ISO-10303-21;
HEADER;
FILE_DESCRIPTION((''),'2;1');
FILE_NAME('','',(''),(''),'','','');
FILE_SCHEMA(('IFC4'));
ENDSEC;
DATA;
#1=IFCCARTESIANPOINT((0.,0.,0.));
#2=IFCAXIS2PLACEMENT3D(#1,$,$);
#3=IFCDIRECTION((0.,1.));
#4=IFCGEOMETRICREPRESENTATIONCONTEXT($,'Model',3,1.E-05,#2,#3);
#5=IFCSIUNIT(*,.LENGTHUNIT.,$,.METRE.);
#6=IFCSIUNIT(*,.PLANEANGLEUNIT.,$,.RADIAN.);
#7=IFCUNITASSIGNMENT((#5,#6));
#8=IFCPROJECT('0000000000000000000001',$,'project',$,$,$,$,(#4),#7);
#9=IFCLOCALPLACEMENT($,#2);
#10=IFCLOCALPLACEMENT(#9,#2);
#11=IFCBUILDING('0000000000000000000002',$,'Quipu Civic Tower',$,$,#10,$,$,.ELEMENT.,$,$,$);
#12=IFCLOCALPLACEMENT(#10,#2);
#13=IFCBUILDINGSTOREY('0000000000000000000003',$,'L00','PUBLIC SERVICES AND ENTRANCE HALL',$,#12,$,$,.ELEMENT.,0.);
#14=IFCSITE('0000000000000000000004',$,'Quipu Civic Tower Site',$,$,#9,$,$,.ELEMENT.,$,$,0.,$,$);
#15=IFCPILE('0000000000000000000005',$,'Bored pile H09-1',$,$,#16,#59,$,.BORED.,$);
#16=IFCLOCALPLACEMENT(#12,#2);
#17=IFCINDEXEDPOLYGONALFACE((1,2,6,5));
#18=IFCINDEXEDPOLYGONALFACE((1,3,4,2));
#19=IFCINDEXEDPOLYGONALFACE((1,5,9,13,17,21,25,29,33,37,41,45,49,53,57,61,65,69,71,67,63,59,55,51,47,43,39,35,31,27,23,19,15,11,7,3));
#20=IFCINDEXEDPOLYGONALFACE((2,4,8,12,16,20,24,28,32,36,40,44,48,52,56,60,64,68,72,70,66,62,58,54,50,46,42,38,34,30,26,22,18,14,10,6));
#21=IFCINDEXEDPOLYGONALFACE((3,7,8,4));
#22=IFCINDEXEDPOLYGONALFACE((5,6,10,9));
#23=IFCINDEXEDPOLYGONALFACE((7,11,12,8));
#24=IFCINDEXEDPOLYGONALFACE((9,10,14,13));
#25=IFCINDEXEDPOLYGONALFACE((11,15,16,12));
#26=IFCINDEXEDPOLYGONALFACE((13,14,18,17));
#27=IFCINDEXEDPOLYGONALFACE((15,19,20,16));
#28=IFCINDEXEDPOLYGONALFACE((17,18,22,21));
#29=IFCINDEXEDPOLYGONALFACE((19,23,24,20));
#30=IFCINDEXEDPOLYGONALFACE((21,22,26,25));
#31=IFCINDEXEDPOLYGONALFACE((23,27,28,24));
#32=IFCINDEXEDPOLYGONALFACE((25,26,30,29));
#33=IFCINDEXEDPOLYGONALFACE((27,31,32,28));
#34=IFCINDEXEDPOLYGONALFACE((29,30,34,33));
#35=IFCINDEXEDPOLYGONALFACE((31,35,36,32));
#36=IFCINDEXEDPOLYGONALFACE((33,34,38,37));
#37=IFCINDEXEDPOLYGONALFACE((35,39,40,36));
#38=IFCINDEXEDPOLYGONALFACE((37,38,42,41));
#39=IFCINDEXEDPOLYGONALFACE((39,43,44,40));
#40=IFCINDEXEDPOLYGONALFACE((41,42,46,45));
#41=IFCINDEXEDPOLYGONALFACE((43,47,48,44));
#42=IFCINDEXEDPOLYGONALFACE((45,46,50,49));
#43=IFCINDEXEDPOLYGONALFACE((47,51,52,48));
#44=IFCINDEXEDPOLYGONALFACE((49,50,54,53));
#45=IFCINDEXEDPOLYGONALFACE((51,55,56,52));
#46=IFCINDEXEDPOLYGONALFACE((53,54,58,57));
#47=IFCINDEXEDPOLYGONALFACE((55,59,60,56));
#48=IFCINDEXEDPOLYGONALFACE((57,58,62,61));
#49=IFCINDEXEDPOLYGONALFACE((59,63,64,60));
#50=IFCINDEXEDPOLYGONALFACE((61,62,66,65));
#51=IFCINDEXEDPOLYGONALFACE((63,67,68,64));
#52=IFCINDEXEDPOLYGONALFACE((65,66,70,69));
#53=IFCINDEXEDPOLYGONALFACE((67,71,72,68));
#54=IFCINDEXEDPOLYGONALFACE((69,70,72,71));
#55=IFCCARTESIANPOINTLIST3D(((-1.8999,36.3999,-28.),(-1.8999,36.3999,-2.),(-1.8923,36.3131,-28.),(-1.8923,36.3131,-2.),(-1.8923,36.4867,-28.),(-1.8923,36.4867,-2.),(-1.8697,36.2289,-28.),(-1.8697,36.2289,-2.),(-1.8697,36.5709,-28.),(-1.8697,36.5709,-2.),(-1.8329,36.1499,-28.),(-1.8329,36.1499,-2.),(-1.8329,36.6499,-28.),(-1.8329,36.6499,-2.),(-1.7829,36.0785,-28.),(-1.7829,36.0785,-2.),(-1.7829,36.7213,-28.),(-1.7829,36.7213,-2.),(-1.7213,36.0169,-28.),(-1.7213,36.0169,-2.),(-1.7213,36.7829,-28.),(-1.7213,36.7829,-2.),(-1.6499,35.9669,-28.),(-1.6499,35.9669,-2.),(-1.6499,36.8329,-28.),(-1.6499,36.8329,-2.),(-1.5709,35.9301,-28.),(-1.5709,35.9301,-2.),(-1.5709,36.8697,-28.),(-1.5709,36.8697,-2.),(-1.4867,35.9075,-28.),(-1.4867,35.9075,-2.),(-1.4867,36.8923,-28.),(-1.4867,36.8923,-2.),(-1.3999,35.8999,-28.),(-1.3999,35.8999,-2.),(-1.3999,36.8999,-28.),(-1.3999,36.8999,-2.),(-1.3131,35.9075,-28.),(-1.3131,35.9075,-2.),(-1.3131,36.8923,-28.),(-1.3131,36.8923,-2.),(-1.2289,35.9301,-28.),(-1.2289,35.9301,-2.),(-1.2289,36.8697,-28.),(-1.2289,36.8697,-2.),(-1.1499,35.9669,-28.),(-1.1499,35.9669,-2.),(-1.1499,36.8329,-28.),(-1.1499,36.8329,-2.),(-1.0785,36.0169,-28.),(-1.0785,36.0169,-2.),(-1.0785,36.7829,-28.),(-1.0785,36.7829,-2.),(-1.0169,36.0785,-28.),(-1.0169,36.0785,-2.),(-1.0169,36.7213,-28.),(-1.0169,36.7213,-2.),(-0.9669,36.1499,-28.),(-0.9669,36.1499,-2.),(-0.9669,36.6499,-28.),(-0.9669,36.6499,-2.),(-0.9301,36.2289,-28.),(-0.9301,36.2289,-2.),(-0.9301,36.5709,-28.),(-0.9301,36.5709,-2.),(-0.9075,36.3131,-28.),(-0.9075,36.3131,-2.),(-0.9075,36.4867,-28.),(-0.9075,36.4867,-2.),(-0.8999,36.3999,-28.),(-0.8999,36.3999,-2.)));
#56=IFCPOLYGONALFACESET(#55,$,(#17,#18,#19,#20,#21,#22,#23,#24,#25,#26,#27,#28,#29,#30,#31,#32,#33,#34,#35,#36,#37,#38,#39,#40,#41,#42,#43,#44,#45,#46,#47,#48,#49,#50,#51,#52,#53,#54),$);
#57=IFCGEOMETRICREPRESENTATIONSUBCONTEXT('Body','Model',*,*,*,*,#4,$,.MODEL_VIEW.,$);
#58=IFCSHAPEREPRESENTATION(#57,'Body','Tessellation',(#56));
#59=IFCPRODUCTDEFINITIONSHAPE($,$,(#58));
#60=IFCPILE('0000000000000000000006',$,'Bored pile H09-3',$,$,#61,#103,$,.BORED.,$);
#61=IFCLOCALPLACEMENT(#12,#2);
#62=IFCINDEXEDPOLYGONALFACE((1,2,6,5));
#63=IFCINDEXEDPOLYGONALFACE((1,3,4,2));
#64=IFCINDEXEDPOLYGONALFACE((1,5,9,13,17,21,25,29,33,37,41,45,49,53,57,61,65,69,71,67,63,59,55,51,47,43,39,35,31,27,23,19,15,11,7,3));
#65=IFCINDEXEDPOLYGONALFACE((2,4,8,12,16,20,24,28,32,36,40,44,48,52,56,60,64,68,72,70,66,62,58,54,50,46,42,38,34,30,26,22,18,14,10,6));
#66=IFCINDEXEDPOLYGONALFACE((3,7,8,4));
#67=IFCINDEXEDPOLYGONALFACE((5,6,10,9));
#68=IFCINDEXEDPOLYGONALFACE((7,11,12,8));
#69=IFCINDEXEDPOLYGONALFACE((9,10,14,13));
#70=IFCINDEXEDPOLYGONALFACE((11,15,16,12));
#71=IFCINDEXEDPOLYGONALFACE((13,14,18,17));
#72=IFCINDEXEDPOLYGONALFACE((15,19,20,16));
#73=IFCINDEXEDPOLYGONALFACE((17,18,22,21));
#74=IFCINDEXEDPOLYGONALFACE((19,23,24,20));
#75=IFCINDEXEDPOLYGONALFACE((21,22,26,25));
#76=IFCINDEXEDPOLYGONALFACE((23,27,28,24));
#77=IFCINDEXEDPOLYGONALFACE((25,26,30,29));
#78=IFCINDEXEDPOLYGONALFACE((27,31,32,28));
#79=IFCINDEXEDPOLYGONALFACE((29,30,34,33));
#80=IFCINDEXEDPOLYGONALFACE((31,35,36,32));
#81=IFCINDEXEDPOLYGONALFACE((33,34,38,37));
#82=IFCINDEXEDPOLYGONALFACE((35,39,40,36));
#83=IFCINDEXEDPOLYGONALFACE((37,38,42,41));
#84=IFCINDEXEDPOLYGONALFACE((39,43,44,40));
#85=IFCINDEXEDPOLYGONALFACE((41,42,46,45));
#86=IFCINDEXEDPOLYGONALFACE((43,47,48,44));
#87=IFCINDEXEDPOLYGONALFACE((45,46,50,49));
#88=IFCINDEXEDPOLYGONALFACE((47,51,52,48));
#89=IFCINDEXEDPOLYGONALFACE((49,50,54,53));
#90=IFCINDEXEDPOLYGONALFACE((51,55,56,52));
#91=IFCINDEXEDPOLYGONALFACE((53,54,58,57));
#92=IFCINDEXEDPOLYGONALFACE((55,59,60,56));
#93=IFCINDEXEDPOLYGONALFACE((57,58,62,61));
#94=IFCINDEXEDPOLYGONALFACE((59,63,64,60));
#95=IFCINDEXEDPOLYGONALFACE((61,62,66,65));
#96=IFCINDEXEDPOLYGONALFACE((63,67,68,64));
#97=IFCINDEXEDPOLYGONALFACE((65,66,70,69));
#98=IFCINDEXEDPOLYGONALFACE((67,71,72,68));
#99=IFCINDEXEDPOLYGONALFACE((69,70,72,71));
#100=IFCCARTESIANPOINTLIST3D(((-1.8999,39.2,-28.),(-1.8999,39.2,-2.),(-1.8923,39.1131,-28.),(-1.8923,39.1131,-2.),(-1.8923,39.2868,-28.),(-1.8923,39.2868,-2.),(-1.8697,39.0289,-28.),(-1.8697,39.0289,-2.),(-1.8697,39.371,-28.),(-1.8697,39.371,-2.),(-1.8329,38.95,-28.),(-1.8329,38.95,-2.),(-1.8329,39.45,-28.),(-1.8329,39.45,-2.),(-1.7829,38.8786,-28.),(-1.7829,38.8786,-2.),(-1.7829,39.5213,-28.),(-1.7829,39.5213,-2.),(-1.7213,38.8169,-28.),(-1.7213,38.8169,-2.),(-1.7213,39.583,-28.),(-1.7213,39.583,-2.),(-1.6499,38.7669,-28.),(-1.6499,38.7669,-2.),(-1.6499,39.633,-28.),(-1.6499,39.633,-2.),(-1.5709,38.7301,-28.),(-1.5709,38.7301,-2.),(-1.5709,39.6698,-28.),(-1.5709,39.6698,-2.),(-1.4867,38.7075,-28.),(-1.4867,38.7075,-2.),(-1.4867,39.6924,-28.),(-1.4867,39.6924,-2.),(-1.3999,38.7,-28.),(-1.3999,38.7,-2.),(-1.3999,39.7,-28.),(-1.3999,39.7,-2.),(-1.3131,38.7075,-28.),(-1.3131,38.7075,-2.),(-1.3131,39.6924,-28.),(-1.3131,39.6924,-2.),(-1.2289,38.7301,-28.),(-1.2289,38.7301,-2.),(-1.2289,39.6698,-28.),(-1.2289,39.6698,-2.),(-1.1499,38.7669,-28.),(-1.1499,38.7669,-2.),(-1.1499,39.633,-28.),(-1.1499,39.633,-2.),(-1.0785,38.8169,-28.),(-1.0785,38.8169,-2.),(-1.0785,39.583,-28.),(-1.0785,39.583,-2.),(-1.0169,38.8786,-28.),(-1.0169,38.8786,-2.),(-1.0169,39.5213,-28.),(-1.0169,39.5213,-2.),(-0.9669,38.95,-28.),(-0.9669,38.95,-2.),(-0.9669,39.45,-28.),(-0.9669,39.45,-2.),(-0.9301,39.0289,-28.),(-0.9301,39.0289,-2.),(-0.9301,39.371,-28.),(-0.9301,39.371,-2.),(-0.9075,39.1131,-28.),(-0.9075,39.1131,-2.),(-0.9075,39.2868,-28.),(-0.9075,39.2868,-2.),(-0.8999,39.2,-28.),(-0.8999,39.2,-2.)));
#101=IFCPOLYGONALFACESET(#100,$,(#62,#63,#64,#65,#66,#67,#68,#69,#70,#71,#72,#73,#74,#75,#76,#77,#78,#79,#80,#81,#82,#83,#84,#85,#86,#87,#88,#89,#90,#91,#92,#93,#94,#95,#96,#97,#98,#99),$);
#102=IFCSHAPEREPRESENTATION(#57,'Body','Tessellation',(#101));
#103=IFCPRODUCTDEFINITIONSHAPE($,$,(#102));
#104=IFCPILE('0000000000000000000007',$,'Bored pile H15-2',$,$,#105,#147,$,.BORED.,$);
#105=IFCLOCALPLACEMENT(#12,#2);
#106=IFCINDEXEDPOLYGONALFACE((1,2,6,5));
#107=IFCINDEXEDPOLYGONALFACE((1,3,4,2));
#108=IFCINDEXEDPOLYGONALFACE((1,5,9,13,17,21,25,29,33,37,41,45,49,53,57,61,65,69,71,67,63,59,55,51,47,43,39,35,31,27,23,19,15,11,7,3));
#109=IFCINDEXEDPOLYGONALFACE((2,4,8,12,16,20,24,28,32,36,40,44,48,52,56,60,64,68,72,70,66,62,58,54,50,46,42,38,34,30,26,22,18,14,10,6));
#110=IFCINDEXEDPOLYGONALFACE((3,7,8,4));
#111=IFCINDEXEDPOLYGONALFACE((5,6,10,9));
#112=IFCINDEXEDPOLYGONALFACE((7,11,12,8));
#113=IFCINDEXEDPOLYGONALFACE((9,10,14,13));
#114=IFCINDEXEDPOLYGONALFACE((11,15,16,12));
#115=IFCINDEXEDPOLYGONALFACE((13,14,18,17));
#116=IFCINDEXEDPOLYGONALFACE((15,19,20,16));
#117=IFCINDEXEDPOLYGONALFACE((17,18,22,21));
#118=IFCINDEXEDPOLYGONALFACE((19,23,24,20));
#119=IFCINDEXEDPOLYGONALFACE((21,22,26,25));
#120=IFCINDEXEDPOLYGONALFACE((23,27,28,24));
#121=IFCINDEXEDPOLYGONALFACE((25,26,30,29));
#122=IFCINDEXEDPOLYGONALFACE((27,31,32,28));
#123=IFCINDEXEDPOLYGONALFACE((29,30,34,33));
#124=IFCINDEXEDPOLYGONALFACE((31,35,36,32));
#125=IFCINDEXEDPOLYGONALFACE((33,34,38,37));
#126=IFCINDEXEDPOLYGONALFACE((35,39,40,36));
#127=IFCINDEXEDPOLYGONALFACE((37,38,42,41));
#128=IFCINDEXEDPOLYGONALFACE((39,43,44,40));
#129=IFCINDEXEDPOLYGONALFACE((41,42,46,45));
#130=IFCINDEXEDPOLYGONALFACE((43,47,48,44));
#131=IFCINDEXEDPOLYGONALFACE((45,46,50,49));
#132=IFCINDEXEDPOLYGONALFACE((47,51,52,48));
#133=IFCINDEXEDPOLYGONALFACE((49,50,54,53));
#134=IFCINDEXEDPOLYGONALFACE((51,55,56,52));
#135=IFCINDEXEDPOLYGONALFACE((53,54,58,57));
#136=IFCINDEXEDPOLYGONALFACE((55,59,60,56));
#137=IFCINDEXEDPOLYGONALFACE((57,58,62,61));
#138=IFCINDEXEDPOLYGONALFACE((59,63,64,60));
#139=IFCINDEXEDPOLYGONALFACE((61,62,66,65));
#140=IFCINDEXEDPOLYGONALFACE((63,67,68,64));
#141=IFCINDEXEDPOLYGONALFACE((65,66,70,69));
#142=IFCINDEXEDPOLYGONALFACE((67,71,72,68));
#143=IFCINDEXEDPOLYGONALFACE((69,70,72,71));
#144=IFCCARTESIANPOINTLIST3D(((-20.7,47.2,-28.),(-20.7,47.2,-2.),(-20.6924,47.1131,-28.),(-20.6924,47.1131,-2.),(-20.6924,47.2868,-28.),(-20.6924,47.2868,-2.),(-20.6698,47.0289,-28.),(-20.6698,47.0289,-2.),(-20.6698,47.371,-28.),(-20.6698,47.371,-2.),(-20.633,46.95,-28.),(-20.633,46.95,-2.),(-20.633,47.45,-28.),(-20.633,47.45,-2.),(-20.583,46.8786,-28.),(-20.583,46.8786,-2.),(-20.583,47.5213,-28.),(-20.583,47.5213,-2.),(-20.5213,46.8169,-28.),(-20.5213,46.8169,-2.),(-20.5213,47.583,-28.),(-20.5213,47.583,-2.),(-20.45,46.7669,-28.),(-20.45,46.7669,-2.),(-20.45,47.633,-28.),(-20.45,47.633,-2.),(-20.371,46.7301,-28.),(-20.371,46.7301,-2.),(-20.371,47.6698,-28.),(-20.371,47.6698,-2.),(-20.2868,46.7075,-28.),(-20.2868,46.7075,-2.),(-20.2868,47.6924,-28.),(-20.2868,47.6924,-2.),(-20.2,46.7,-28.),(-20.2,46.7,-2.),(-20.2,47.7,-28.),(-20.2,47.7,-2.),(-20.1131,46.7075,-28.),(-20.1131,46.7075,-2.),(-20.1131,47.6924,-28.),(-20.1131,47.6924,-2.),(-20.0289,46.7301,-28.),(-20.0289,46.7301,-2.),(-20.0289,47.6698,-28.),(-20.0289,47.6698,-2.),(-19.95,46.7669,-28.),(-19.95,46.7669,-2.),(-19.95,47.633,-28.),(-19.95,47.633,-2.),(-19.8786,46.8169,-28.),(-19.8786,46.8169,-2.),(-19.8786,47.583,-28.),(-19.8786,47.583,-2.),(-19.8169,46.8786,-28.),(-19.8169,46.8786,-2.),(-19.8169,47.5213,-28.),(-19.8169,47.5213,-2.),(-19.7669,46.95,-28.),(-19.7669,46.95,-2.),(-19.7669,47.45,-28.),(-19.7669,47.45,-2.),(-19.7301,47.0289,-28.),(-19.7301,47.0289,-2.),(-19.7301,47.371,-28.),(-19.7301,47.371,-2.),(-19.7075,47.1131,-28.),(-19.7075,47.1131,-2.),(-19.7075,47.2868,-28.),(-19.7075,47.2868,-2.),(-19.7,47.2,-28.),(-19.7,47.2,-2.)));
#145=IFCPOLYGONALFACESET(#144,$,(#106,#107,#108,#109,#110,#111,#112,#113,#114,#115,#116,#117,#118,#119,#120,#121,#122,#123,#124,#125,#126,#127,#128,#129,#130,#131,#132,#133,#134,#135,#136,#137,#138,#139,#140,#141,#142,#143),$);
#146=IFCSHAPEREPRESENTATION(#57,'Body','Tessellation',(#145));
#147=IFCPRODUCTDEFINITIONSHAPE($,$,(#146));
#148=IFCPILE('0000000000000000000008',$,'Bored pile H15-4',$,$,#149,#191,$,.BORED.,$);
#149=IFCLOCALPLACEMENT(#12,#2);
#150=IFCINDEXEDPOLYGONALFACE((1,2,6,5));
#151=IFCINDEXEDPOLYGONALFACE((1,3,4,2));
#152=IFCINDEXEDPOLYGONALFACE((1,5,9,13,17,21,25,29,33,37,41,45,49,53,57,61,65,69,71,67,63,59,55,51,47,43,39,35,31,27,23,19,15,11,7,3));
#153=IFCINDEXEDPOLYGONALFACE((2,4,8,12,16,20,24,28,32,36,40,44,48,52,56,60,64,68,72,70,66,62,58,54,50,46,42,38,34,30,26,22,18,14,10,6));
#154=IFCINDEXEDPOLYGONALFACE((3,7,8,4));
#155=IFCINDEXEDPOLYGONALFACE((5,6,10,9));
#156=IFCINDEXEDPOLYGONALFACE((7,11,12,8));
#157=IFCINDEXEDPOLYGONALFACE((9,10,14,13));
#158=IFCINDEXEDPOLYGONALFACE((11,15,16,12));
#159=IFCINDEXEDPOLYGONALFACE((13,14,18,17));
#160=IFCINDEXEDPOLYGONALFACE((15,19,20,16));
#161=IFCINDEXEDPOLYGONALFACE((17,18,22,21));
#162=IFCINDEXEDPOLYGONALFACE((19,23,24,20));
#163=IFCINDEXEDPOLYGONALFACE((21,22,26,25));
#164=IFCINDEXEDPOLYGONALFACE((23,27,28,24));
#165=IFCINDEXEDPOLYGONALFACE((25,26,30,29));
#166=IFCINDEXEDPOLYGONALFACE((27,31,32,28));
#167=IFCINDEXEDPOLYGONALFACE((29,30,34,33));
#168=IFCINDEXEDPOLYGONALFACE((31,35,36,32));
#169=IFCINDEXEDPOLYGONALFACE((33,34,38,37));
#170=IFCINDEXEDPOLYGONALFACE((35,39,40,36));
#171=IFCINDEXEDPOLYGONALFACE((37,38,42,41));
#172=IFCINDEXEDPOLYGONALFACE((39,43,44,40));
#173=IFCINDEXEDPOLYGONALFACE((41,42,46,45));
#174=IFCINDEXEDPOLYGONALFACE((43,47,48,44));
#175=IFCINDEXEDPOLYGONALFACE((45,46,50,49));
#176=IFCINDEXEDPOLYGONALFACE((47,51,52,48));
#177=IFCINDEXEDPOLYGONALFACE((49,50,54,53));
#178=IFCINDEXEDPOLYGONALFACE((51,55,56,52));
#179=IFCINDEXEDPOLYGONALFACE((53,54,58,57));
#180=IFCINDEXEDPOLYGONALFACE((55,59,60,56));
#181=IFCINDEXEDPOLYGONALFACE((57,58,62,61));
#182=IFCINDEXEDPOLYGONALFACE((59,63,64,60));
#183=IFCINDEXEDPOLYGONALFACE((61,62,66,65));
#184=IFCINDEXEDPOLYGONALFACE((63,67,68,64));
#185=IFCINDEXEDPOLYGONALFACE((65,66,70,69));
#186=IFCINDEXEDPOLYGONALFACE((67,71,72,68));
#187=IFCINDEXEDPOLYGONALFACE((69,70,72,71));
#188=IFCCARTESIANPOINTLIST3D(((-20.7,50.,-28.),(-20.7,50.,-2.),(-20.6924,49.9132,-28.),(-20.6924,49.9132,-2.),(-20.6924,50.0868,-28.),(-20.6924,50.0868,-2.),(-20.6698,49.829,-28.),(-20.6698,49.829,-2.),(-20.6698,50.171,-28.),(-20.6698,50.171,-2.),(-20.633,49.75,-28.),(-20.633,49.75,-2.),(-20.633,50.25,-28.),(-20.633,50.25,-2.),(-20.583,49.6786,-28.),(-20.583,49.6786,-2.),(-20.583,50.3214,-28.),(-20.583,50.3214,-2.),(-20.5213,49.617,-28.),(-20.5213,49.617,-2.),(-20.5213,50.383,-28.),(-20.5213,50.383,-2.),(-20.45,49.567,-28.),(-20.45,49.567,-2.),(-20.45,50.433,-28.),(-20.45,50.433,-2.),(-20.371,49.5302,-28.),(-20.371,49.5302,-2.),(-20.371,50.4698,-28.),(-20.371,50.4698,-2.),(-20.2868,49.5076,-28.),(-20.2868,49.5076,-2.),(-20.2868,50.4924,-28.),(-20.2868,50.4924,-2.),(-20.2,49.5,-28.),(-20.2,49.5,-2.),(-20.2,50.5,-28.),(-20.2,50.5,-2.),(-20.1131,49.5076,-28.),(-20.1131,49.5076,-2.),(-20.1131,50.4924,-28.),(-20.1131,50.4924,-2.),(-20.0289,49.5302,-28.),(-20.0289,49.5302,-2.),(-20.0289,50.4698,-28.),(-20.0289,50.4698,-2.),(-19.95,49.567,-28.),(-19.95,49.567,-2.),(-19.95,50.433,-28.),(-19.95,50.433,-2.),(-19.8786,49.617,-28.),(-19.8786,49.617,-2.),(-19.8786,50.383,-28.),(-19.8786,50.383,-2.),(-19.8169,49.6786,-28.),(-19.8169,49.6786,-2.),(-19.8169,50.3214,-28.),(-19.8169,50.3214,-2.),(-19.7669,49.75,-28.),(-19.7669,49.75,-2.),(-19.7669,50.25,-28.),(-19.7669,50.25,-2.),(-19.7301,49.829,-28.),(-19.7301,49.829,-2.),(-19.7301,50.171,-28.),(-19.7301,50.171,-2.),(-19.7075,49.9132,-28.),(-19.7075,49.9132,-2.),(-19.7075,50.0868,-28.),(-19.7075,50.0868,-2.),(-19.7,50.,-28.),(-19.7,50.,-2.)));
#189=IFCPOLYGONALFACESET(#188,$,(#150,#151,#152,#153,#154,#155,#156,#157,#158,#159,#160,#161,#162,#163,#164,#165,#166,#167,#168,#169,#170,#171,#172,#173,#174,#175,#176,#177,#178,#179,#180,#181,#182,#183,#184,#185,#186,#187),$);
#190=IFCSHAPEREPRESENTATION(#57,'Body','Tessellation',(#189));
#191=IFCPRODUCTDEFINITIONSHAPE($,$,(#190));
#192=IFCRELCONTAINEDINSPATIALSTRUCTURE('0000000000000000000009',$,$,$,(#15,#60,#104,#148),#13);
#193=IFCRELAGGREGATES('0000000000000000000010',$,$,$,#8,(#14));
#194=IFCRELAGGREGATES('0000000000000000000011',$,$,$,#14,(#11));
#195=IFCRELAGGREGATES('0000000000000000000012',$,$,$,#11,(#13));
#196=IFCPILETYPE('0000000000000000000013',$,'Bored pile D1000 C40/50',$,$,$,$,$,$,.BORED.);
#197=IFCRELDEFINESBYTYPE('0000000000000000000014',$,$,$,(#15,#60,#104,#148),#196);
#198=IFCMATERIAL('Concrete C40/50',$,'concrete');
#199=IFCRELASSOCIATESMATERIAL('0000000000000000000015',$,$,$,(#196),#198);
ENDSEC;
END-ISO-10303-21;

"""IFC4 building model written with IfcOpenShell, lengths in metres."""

from ifc_helpers import new_model, si_unit, direction, frame, origin, origin_2d, place, context, subcontext, project, spatial, circle, extrude, material, material_profile, profile_set, type_object, element, save


model = new_model("IFC4")

# Units and contexts
model_context = context("Model", 3, precision=1e-05, world=origin(), true_north=direction((0.0, 1.0)))
body_context = subcontext(model_context, "Body", "Model", "MODEL_VIEW")
ifc_project = project(units=[si_unit("LENGTHUNIT", "METRE"), si_unit("PLANEANGLEUNIT", "RADIAN")], contexts=[model_context])

# Site, building, storey
site_placement = place(None, origin())
site = spatial("IfcSite", under=ifc_project, at=site_placement, Name="Quipu Civic Tower Site", CompositionType="ELEMENT", RefElevation=0.0)
building_placement = place(site_placement, origin())
building = spatial("IfcBuilding", under=site, at=building_placement, Name="Quipu Civic Tower", CompositionType="ELEMENT")
storey_placement = place(building_placement, origin())
storey = spatial("IfcBuildingStorey", under=building, at=storey_placement, Name="L00", Description="PUBLIC SERVICES AND ENTRANCE HALL", CompositionType="ELEMENT", Elevation=0.0)

# Piles
ifc_material_1 = material(Name="Concrete C40/50", Category="concrete")
ifc_material_profile_1 = material_profile(ifc_material_1, circle(Radius=0.5, at=origin_2d()), Name="RCD1000")
ifc_profile_set_1 = profile_set([ifc_material_profile_1], Name="Concrete C40/50")
pile_type = type_object("IfcPileType", Name="Bored pile D1000 C40/50", PredefinedType="BORED", material=ifc_profile_set_1)
for number, where, z_axis, x_axis, name in (
    (1, (-1.3999, 36.3999, -2.0), (0.0, 0.0, -1.0), (1.0, 0.0, 0.0), "Bored pile H09-1"),
    (2, (-1.3999, 39.2, -2.0), (0.0, 0.0, -1.0), (1.0, 0.0, 0.0), "Bored pile H09-3"),
    (3, (-20.2, 47.2, -2.0), (0.0, 0.0, -1.0), (1.0, 0.0, 0.0), "Bored pile H15-2"),
    (4, (-20.2, 50.0, -2.0), (0.0, 0.0, -1.0), (1.0, 0.0, 0.0), "Bored pile H15-4"),
):
    element("IfcPile", number, at=place(storey_placement, frame(where, z_axis=z_axis, x_axis=x_axis)), inside=storey, type_object=pile_type, Name=name, PredefinedType="BORED", context=body_context, shape_type="SweptSolid", body=[
        extrude(circle(Radius=0.5, at=origin_2d()), origin(), (0.0, 0.0, 1.0), 26.0),
    ])

save(model, "model.ifc")
